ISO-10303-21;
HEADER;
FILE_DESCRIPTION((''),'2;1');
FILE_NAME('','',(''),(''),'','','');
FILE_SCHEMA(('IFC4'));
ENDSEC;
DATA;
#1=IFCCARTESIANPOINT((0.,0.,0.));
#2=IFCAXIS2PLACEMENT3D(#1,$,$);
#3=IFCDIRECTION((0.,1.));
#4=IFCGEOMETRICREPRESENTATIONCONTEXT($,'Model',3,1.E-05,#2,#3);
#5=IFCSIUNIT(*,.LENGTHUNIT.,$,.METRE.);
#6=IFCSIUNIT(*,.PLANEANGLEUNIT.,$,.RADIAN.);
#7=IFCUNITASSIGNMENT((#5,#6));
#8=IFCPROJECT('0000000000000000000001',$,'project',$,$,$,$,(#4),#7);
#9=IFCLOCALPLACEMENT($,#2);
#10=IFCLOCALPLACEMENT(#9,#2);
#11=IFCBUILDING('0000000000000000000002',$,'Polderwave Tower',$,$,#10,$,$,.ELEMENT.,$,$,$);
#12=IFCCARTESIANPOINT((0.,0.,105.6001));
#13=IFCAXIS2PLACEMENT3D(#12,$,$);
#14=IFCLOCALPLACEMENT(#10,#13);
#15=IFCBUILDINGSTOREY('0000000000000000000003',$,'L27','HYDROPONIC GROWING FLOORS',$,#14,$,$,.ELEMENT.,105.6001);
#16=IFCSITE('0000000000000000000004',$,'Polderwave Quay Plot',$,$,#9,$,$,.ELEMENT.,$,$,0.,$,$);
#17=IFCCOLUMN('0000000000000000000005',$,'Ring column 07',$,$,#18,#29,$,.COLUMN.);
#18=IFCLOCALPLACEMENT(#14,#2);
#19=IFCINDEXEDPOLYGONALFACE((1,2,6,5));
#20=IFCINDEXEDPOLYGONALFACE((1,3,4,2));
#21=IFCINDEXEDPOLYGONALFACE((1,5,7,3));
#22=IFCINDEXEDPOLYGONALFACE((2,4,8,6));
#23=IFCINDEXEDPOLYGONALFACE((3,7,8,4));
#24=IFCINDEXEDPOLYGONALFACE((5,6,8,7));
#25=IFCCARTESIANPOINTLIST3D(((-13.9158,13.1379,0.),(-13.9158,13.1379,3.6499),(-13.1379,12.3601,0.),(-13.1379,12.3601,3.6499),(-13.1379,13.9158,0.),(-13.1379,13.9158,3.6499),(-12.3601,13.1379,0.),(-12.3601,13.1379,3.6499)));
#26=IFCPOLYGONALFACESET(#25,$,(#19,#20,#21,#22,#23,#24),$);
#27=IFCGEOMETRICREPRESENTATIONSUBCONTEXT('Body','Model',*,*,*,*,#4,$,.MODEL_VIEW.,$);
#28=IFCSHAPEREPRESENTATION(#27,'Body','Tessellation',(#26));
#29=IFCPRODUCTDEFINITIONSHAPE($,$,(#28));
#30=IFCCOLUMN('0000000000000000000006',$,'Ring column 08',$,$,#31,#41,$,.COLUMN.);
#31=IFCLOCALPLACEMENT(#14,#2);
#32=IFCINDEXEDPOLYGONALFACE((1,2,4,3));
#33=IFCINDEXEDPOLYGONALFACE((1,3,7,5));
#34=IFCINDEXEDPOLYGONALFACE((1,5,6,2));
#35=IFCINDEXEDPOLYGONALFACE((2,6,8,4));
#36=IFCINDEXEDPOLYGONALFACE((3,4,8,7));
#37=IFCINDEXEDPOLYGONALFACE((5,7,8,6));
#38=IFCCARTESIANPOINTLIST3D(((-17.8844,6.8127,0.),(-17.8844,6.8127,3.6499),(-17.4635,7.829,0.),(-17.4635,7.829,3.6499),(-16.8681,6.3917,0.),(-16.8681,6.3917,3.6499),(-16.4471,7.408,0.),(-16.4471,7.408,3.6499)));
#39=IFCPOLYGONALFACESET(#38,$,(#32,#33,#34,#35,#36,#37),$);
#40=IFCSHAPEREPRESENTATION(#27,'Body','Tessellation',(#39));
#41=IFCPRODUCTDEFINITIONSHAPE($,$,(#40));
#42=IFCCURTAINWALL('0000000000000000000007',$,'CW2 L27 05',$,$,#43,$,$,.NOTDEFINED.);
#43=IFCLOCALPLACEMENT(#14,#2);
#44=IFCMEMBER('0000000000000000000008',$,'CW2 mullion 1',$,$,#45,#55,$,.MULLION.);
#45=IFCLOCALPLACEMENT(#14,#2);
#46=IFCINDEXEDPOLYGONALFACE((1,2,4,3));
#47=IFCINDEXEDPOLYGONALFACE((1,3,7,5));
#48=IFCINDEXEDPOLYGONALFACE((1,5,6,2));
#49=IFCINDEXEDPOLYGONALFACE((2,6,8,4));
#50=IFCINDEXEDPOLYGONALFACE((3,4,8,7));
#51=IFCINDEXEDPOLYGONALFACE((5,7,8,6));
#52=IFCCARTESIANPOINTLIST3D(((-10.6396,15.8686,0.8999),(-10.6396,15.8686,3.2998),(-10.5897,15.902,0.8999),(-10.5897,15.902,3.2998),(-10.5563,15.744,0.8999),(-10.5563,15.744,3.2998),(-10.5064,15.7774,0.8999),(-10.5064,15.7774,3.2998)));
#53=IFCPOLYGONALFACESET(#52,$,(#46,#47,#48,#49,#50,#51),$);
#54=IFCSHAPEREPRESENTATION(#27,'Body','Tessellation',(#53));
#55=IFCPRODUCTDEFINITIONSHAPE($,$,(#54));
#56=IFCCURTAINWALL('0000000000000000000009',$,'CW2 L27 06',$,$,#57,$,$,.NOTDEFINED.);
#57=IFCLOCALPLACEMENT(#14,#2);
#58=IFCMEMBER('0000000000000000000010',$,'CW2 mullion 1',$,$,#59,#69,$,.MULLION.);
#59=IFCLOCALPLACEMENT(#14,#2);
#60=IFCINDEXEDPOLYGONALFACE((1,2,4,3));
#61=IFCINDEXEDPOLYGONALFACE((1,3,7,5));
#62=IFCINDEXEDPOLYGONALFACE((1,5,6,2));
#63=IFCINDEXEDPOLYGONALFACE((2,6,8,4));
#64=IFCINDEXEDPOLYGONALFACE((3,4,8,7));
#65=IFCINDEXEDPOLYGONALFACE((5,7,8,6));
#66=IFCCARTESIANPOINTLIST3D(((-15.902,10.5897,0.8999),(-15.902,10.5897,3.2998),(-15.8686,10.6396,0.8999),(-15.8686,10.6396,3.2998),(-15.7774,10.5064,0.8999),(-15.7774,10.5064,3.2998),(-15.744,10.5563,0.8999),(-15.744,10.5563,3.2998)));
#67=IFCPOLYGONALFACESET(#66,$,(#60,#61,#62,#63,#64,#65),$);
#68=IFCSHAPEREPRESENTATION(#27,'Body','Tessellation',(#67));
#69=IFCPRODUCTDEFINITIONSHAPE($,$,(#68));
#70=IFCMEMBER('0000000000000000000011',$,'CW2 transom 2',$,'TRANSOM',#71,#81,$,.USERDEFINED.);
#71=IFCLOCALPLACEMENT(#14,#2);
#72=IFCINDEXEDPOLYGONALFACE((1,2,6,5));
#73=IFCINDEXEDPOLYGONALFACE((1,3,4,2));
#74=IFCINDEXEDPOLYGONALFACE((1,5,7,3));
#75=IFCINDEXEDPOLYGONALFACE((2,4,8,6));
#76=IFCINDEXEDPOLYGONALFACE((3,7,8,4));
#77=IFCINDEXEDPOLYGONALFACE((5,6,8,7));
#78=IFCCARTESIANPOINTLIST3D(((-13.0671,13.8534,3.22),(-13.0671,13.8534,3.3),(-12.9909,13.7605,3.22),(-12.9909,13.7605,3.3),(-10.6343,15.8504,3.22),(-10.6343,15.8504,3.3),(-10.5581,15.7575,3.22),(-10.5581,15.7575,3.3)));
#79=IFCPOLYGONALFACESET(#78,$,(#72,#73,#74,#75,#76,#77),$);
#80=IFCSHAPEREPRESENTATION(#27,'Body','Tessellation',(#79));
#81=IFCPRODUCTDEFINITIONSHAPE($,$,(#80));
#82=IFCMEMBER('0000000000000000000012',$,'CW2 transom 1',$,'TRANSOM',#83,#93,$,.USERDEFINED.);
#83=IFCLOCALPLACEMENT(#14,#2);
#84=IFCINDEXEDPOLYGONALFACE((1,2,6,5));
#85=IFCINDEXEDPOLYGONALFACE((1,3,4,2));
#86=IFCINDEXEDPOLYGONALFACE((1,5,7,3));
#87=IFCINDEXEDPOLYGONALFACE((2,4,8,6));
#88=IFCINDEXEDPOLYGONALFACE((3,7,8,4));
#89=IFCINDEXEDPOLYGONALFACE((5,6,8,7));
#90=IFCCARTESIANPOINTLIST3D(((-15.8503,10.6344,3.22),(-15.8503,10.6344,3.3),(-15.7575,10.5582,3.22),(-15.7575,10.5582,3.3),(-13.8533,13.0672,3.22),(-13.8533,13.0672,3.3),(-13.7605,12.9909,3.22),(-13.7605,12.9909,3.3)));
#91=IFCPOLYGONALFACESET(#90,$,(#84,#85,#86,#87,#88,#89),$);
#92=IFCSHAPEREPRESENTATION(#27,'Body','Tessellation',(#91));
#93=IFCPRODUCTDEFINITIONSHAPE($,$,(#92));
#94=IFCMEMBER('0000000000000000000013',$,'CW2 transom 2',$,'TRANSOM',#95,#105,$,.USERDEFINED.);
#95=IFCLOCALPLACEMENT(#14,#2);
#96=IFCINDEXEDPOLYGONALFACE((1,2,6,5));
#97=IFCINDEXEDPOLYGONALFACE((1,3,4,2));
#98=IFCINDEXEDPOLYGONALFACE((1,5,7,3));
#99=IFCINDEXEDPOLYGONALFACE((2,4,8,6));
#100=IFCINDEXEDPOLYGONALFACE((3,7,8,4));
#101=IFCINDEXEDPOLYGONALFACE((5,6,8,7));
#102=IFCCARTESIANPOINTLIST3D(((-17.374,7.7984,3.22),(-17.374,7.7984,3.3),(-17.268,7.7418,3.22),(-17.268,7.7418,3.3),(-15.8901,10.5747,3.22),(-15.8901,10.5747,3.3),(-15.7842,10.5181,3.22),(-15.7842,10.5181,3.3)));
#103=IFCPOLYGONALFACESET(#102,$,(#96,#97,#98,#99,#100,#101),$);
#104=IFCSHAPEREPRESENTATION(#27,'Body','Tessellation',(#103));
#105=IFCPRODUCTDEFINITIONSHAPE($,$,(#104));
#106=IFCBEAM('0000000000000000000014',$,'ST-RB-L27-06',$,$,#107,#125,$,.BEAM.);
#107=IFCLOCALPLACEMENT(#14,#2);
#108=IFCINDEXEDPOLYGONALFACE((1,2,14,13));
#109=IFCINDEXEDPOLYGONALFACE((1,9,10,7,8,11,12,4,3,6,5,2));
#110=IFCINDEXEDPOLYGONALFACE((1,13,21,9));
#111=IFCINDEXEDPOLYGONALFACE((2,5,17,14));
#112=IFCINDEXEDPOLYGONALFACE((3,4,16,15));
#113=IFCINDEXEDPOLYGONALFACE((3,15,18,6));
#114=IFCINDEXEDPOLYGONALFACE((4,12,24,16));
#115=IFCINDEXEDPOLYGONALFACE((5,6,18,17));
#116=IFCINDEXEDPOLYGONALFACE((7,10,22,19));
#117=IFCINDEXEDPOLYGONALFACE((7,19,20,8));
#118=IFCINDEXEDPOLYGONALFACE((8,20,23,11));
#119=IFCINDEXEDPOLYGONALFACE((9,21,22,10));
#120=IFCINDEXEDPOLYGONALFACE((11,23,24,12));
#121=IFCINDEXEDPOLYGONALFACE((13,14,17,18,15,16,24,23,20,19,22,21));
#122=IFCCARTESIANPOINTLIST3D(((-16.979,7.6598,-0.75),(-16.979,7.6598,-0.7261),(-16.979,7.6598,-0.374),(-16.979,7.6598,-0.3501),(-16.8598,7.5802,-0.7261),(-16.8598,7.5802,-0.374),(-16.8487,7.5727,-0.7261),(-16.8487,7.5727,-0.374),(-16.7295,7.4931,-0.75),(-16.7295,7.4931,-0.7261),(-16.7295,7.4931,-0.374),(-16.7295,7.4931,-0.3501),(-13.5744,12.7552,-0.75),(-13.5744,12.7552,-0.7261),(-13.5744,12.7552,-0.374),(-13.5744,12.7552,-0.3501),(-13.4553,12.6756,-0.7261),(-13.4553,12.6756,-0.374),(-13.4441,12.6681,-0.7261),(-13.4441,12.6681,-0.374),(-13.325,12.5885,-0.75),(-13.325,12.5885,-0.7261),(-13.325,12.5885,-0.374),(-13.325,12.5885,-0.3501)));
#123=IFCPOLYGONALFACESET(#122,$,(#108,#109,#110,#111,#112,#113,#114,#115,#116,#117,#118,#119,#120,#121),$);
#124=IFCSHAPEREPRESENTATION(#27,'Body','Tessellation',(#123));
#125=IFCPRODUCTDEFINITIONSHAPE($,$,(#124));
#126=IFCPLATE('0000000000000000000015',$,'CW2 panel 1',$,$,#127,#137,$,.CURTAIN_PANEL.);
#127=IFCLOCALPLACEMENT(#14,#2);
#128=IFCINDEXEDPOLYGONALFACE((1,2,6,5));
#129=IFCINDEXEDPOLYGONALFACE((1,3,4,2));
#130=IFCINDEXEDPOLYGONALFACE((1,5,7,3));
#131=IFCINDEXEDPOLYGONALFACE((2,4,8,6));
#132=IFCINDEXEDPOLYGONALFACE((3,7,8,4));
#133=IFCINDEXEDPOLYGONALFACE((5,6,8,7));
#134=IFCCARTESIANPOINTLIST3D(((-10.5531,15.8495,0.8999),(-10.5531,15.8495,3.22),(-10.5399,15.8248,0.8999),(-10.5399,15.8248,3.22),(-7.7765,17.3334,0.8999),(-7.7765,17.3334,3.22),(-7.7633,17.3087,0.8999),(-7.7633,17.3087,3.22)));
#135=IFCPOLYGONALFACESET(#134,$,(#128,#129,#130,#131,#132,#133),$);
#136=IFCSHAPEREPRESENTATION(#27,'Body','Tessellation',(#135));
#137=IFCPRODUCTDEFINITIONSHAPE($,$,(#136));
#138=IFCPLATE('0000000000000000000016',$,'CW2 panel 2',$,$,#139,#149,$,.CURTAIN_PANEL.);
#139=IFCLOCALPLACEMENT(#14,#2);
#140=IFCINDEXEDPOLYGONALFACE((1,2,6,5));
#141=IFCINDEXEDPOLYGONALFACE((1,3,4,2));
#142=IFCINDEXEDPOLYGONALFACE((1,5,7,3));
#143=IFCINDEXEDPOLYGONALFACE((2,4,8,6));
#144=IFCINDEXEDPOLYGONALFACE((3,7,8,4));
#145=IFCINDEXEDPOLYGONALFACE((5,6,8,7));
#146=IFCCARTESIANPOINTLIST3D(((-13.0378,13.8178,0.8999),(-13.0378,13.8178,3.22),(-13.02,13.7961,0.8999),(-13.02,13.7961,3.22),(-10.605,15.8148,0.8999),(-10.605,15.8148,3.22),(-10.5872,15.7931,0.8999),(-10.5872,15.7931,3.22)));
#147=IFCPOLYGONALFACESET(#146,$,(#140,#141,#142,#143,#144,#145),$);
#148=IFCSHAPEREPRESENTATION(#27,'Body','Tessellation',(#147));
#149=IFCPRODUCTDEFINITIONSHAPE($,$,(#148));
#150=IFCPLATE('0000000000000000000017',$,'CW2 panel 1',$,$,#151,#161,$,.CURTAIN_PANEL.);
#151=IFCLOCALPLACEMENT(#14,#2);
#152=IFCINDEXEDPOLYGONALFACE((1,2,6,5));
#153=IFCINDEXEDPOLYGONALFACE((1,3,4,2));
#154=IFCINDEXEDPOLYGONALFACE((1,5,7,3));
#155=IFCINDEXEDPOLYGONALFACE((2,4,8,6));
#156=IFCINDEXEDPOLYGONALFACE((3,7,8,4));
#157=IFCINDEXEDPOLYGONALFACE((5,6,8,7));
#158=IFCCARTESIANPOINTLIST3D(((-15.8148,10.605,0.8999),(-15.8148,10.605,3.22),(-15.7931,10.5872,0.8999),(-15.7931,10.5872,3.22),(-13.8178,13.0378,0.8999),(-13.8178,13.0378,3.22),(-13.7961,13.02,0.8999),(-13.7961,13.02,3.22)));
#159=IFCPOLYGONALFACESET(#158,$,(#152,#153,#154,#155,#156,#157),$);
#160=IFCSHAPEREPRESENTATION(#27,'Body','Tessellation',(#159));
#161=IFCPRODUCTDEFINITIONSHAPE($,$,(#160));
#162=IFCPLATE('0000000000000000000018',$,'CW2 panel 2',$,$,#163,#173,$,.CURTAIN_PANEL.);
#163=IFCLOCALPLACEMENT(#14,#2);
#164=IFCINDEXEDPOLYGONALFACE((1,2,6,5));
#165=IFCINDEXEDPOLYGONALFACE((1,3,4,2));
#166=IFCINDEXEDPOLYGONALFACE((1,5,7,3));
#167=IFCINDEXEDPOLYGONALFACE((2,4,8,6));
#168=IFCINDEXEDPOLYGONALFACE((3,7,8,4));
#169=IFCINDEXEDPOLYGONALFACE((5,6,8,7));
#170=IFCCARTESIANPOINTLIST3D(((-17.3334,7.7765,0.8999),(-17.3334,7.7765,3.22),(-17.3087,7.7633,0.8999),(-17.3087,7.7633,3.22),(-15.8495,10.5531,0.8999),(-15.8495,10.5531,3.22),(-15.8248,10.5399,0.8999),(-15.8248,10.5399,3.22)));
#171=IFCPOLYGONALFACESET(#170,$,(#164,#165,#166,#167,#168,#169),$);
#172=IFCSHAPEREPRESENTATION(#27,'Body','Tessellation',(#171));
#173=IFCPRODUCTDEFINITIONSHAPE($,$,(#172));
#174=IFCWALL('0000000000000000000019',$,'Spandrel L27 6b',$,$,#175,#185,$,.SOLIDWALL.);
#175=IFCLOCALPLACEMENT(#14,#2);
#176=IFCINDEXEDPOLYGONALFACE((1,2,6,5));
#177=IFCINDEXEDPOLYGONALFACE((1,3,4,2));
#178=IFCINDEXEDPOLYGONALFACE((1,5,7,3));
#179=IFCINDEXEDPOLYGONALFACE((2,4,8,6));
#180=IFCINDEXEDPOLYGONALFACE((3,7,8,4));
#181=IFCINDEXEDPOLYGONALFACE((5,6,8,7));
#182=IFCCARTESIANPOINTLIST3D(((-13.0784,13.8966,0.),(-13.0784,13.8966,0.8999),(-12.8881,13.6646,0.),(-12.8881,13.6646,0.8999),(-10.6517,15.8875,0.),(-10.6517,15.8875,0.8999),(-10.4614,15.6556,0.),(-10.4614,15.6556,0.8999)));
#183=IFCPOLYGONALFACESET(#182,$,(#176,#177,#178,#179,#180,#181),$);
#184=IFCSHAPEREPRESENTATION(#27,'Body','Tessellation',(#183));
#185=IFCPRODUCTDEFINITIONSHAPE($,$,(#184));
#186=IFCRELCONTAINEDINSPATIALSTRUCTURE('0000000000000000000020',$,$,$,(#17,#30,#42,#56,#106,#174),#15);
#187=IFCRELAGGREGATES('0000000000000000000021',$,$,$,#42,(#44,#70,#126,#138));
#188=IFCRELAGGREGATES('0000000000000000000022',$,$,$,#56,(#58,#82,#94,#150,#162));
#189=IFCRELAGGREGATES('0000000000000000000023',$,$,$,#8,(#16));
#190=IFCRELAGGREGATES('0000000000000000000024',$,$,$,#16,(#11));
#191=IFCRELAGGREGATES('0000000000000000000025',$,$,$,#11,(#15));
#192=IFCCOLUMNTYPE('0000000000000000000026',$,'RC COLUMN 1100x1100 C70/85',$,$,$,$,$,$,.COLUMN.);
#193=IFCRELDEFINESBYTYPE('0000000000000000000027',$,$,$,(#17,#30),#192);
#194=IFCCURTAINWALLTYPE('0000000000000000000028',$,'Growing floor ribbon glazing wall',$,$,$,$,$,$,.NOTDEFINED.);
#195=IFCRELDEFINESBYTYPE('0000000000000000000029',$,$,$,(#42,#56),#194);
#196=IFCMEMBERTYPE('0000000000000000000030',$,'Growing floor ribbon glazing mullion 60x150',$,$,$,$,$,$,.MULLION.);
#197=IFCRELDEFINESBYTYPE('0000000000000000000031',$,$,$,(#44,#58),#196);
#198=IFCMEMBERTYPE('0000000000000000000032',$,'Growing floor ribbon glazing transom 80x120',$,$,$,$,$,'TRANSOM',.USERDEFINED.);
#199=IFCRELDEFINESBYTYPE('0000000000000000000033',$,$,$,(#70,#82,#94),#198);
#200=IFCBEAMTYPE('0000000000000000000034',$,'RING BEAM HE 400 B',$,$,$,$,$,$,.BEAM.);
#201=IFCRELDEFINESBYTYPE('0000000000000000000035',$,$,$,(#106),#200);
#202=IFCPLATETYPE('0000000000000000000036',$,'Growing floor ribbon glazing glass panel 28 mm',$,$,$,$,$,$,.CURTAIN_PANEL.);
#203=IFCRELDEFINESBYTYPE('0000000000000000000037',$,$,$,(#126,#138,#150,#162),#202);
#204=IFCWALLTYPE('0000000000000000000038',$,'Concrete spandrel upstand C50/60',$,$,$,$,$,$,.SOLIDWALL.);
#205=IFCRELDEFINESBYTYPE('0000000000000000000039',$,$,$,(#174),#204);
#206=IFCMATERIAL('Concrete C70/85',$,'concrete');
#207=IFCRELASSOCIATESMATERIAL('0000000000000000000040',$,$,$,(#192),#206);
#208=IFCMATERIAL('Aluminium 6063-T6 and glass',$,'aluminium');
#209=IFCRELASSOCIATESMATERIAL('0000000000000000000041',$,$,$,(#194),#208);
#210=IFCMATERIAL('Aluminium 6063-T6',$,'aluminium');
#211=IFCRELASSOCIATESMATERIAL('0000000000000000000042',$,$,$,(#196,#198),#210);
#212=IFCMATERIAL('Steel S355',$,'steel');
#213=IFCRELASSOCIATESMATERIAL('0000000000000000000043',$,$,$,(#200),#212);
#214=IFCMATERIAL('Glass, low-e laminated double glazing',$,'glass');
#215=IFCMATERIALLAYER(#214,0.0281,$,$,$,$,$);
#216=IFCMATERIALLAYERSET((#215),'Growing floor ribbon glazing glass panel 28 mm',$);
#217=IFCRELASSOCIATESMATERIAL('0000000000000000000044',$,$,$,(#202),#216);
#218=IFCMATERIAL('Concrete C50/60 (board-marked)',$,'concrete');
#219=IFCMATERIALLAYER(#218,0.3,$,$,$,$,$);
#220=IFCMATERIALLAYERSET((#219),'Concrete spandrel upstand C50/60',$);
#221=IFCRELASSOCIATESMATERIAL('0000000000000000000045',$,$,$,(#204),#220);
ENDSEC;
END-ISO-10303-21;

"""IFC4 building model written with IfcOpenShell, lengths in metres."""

from ifc_helpers import new_model, si_unit, direction, frame, frame_2d, origin, origin_2d, place, context, subcontext, project, spatial, rectangle, i_section, extrude, material, layer, layer_set, material_profile, profile_set, type_object, element, aggregate, save


model = new_model("IFC4")

# Units and contexts
model_context = context("Model", 3, precision=1e-05, world=origin(), true_north=direction((0.0, 1.0)))
body_context = subcontext(model_context, "Body", "Model", "MODEL_VIEW")
ifc_project = project(units=[si_unit("LENGTHUNIT", "METRE"), si_unit("PLANEANGLEUNIT", "RADIAN")], contexts=[model_context])

# Site, building, storey
site_placement = place(None, origin())
site = spatial("IfcSite", under=ifc_project, at=site_placement, Name="Polderwave Quay Plot", CompositionType="ELEMENT", RefElevation=0.0)
building_placement = place(site_placement, origin())
building = spatial("IfcBuilding", under=site, at=building_placement, Name="Polderwave Tower", CompositionType="ELEMENT")
storey_placement = place(building_placement, frame((0.0, 0.0, 105.6001)))
storey = spatial("IfcBuildingStorey", under=building, at=storey_placement, Name="L27", Description="HYDROPONIC GROWING FLOORS", CompositionType="ELEMENT", Elevation=105.6001)

# Columns
ifc_material_1 = material(Name="Concrete C70/85", Category="concrete")
ifc_material_profile_1 = material_profile(ifc_material_1, rectangle(XDim=1.1001, YDim=1.1001, at=origin_2d()), Name="RC 1100x1100")
ifc_profile_set_1 = profile_set([ifc_material_profile_1], Name="Concrete C70/85")
column_type = type_object("IfcColumnType", Name="RC COLUMN 1100x1100 C70/85", PredefinedType="COLUMN", material=ifc_profile_set_1)
for number, where, z_axis, x_axis, name in (
    (1, (-13.1379, 13.1379, 0.0), (0.0, 0.0, 1.0), (-0.707107, 0.707107, 0.0), "Ring column 07"),
    (2, (-17.1658, 7.1104, 0.0), (0.0, 0.0, 1.0), (-0.92388, 0.382683, 0.0), "Ring column 08"),
):
    element("IfcColumn", number, at=place(storey_placement, frame(where, z_axis=z_axis, x_axis=x_axis)), inside=storey, type_object=column_type, Name=name, PredefinedType="COLUMN", context=body_context, shape_type="SweptSolid", body=[
        extrude(rectangle(XDim=1.1001, YDim=1.1001, at=origin_2d()), origin(), (0.0, 0.0, 1.0), 3.6499),
    ])

# Curtain walls, members
ifc_material_2 = material(Name="Aluminium 6063-T6 and glass", Category="aluminium")
curtain_wall_type = type_object("IfcCurtainWallType", Name="Growing floor ribbon glazing wall", PredefinedType="NOTDEFINED", material=ifc_material_2)
curtain_wall_1_placement = place(storey_placement, origin())
curtain_wall_1 = element("IfcCurtainWall", 3, at=curtain_wall_1_placement, inside=storey, type_object=curtain_wall_type, Name="CW2 L27 05", PredefinedType="NOTDEFINED")
ifc_material_3 = material(Name="Aluminium 6063-T6", Category="aluminium")
ifc_material_profile_2 = material_profile(ifc_material_3, rectangle(XDim=0.1499, YDim=0.0601, at=origin_2d()), Name="AL 60x150")
ifc_profile_set_2 = profile_set([ifc_material_profile_2], Name="Aluminium 6063-T6")
member_type_1 = type_object("IfcMemberType", Name="Growing floor ribbon glazing mullion 60x150", PredefinedType="MULLION", material=ifc_profile_set_2)
member_1_placement = place(storey_placement, frame((-10.573, 15.823, 0.8999), z_axis=(0.0, 0.0, 1.0), x_axis=(0.555585, -0.83146, 0.0)))
member_1 = element("IfcMember", 4, at=member_1_placement, type_object=member_type_1, Name="CW2 mullion 1", PredefinedType="MULLION", context=body_context, shape_type="SweptSolid", body=[
    extrude(rectangle(XDim=0.1499, YDim=0.0601, at=origin_2d()), origin(), (0.0, 0.0, 1.0), 2.3999),
])
curtain_wall_2_placement = place(storey_placement, origin())
curtain_wall_2 = element("IfcCurtainWall", 5, at=curtain_wall_2_placement, inside=storey, type_object=curtain_wall_type, Name="CW2 L27 06", PredefinedType="NOTDEFINED")
member_2_placement = place(storey_placement, frame((-15.823, 10.573, 0.8999), z_axis=(0.0, 0.0, 1.0), x_axis=(0.83146, -0.555585, 0.0)))
member_2 = element("IfcMember", 6, at=member_2_placement, type_object=member_type_1, Name="CW2 mullion 1", PredefinedType="MULLION", context=body_context, shape_type="SweptSolid", body=[
    extrude(rectangle(XDim=0.1499, YDim=0.0601, at=origin_2d()), origin(), (0.0, 0.0, 1.0), 2.3999),
])

# Members
ifc_material_profile_3 = material_profile(ifc_material_3, rectangle(XDim=0.1201, YDim=0.0801, at=origin_2d()), Name="AL 80x120")
ifc_profile_set_3 = profile_set([ifc_material_profile_3], Name="Aluminium 6063-T6")
member_type_2 = type_object("IfcMemberType", Name="Growing floor ribbon glazing transom 80x120", ElementType="TRANSOM", PredefinedType="USERDEFINED", material=ifc_profile_set_3)
member_3_placement = place(storey_placement, frame((-10.5962, 15.804, 3.26), z_axis=(-0.772937, -0.634483, 0.0), x_axis=(0.634483, -0.772937, 0.0)))
member_3 = element("IfcMember", 7, at=member_3_placement, type_object=member_type_2, Name="CW2 transom 2", ObjectType="TRANSOM", PredefinedType="USERDEFINED", context=body_context, shape_type="SweptSolid", body=[
    extrude(rectangle(XDim=0.1201, YDim=0.0801, at=origin_2d()), origin(), (0.0, 0.0, 1.0), 3.1475),
])
member_4_placement = place(storey_placement, frame((-13.8069, 13.0291, 3.26), z_axis=(-0.634483, -0.772937, 0.0), x_axis=(0.772937, -0.634483, 0.0)))
member_4 = element("IfcMember", 8, at=member_4_placement, type_object=member_type_2, Name="CW2 transom 1", ObjectType="TRANSOM", PredefinedType="USERDEFINED", context=body_context, shape_type="SweptSolid", body=[
    extrude(rectangle(XDim=0.1201, YDim=0.0801, at=origin_2d()), origin(), (0.0, 0.0, 1.0), 3.1475),
])
member_5_placement = place(storey_placement, frame((-15.8372, 10.5464, 3.26), z_axis=(-0.471369, -0.881936, 0.0), x_axis=(0.881936, -0.471369, 0.0)))
member_5 = element("IfcMember", 9, at=member_5_placement, type_object=member_type_2, Name="CW2 transom 2", ObjectType="TRANSOM", PredefinedType="USERDEFINED", context=body_context, shape_type="SweptSolid", body=[
    extrude(rectangle(XDim=0.1201, YDim=0.0801, at=origin_2d()), origin(), (0.0, 0.0, 1.0), 3.1479),
])

# Beam
ifc_material_4 = material(Name="Steel S355", Category="steel")
ifc_material_profile_4 = material_profile(ifc_material_4, i_section(OverallWidth=0.3, OverallDepth=0.3999, WebThickness=0.0134, FlangeThickness=0.0239, at=origin_2d()), Name="HE 400 B")
ifc_profile_set_4 = profile_set([ifc_material_profile_4], Name="Steel S355")
beam_type = type_object("IfcBeamType", Name="RING BEAM HE 400 B", PredefinedType="BEAM", material=ifc_profile_set_4)
beam_placement = place(storey_placement, frame((-13.4497, 12.6719, -0.55), z_axis=(-0.555555, -0.83148, 0.0), x_axis=(0.83148, -0.555555, 0.0)))
element("IfcBeam", 10, at=beam_placement, inside=storey, type_object=beam_type, Name="ST-RB-L27-06", PredefinedType="BEAM", context=body_context, shape_type="SweptSolid", body=[
    extrude(i_section(OverallWidth=0.3, OverallDepth=0.3999, WebThickness=0.0134, FlangeThickness=0.0239, at=origin_2d()), origin(), (0.0, 0.0, 1.0), 6.1282),
])

# Plates
ifc_material_5 = material(Name="Glass, low-e laminated double glazing", Category="glass")
ifc_layer_1 = layer(ifc_material_5, 0.0281)
ifc_layer_set_1 = layer_set([ifc_layer_1], Name="Growing floor ribbon glazing glass panel 28 mm")
plate_type = type_object("IfcPlateType", Name="Growing floor ribbon glazing glass panel 28 mm", PredefinedType="CURTAIN_PANEL", material=ifc_layer_set_1)
plate_1_placement = place(storey_placement, frame((-9.1582, 16.5791, 0.8999), z_axis=(0.0, 0.0, 1.0), x_axis=(-0.881952, -0.47134, 0.0)))
plate_1 = element("IfcPlate", 11, at=plate_1_placement, type_object=plate_type, Name="CW2 panel 1", PredefinedType="CURTAIN_PANEL", context=body_context, shape_type="SweptSolid", body=[
    extrude(rectangle(XDim=3.1482, YDim=0.0281, at=origin_2d()), origin(), (0.0, 0.0, 1.0), 2.3201),
])
plate_2_placement = place(storey_placement, frame((-11.8125, 14.8054, 0.8999), z_axis=(0.0, 0.0, 1.0), x_axis=(-0.772946, -0.634472, 0.0)))
plate_2 = element("IfcPlate", 12, at=plate_2_placement, type_object=plate_type, Name="CW2 panel 2", PredefinedType="CURTAIN_PANEL", context=body_context, shape_type="SweptSolid", body=[
    extrude(rectangle(XDim=3.1475, YDim=0.0281, at=origin_2d()), origin(), (0.0, 0.0, 1.0), 2.3201),
])
aggregate(curtain_wall_1, [member_1, member_3, plate_1, plate_2])
plate_3_placement = place(storey_placement, frame((-14.8054, 11.8125, 0.8999), z_axis=(0.0, 0.0, 1.0), x_axis=(-0.634472, -0.772946, 0.0)))
plate_3 = element("IfcPlate", 13, at=plate_3_placement, type_object=plate_type, Name="CW2 panel 1", PredefinedType="CURTAIN_PANEL", context=body_context, shape_type="SweptSolid", body=[
    extrude(rectangle(XDim=3.1475, YDim=0.0281, at=origin_2d()), origin(), (0.0, 0.0, 1.0), 2.3201),
])
plate_4_placement = place(storey_placement, frame((-16.5791, 9.1582, 0.8999), z_axis=(0.0, 0.0, 1.0), x_axis=(-0.47134, -0.881952, 0.0)))
plate_4 = element("IfcPlate", 14, at=plate_4_placement, type_object=plate_type, Name="CW2 panel 2", PredefinedType="CURTAIN_PANEL", context=body_context, shape_type="SweptSolid", body=[
    extrude(rectangle(XDim=3.1482, YDim=0.0281, at=origin_2d()), origin(), (0.0, 0.0, 1.0), 2.3201),
])
aggregate(curtain_wall_2, [member_2, member_4, member_5, plate_3, plate_4])

# Wall
ifc_material_6 = material(Name="Concrete C50/60 (board-marked)", Category="concrete")
ifc_layer_2 = layer(ifc_material_6, 0.3)
ifc_layer_set_2 = layer_set([ifc_layer_2], Name="Concrete spandrel upstand C50/60")
wall_type_1 = type_object("IfcWallType", Name="Concrete spandrel upstand C50/60", PredefinedType="SOLIDWALL", material=ifc_layer_set_2)
for number, where, z_axis, x_axis, name in (
    (15, (-10.5566, 15.7715, 0.0), (0.0, 0.0, 1.0), (-0.773108, -0.634275, 0.0), "Spandrel L27 6b"),
):
    element("IfcWall", number, at=place(storey_placement, frame(where, z_axis=z_axis, x_axis=x_axis)), inside=storey, type_object=wall_type_1, Name=name, PredefinedType="SOLIDWALL", context=body_context, shape_type="SweptSolid", body=[
        extrude(rectangle(XDim=3.1389, YDim=0.3, at=frame_2d((1.5693, 0.0))), origin(), (0.0, 0.0, 1.0), 0.8999),
    ])

save(model, "model.ifc")
